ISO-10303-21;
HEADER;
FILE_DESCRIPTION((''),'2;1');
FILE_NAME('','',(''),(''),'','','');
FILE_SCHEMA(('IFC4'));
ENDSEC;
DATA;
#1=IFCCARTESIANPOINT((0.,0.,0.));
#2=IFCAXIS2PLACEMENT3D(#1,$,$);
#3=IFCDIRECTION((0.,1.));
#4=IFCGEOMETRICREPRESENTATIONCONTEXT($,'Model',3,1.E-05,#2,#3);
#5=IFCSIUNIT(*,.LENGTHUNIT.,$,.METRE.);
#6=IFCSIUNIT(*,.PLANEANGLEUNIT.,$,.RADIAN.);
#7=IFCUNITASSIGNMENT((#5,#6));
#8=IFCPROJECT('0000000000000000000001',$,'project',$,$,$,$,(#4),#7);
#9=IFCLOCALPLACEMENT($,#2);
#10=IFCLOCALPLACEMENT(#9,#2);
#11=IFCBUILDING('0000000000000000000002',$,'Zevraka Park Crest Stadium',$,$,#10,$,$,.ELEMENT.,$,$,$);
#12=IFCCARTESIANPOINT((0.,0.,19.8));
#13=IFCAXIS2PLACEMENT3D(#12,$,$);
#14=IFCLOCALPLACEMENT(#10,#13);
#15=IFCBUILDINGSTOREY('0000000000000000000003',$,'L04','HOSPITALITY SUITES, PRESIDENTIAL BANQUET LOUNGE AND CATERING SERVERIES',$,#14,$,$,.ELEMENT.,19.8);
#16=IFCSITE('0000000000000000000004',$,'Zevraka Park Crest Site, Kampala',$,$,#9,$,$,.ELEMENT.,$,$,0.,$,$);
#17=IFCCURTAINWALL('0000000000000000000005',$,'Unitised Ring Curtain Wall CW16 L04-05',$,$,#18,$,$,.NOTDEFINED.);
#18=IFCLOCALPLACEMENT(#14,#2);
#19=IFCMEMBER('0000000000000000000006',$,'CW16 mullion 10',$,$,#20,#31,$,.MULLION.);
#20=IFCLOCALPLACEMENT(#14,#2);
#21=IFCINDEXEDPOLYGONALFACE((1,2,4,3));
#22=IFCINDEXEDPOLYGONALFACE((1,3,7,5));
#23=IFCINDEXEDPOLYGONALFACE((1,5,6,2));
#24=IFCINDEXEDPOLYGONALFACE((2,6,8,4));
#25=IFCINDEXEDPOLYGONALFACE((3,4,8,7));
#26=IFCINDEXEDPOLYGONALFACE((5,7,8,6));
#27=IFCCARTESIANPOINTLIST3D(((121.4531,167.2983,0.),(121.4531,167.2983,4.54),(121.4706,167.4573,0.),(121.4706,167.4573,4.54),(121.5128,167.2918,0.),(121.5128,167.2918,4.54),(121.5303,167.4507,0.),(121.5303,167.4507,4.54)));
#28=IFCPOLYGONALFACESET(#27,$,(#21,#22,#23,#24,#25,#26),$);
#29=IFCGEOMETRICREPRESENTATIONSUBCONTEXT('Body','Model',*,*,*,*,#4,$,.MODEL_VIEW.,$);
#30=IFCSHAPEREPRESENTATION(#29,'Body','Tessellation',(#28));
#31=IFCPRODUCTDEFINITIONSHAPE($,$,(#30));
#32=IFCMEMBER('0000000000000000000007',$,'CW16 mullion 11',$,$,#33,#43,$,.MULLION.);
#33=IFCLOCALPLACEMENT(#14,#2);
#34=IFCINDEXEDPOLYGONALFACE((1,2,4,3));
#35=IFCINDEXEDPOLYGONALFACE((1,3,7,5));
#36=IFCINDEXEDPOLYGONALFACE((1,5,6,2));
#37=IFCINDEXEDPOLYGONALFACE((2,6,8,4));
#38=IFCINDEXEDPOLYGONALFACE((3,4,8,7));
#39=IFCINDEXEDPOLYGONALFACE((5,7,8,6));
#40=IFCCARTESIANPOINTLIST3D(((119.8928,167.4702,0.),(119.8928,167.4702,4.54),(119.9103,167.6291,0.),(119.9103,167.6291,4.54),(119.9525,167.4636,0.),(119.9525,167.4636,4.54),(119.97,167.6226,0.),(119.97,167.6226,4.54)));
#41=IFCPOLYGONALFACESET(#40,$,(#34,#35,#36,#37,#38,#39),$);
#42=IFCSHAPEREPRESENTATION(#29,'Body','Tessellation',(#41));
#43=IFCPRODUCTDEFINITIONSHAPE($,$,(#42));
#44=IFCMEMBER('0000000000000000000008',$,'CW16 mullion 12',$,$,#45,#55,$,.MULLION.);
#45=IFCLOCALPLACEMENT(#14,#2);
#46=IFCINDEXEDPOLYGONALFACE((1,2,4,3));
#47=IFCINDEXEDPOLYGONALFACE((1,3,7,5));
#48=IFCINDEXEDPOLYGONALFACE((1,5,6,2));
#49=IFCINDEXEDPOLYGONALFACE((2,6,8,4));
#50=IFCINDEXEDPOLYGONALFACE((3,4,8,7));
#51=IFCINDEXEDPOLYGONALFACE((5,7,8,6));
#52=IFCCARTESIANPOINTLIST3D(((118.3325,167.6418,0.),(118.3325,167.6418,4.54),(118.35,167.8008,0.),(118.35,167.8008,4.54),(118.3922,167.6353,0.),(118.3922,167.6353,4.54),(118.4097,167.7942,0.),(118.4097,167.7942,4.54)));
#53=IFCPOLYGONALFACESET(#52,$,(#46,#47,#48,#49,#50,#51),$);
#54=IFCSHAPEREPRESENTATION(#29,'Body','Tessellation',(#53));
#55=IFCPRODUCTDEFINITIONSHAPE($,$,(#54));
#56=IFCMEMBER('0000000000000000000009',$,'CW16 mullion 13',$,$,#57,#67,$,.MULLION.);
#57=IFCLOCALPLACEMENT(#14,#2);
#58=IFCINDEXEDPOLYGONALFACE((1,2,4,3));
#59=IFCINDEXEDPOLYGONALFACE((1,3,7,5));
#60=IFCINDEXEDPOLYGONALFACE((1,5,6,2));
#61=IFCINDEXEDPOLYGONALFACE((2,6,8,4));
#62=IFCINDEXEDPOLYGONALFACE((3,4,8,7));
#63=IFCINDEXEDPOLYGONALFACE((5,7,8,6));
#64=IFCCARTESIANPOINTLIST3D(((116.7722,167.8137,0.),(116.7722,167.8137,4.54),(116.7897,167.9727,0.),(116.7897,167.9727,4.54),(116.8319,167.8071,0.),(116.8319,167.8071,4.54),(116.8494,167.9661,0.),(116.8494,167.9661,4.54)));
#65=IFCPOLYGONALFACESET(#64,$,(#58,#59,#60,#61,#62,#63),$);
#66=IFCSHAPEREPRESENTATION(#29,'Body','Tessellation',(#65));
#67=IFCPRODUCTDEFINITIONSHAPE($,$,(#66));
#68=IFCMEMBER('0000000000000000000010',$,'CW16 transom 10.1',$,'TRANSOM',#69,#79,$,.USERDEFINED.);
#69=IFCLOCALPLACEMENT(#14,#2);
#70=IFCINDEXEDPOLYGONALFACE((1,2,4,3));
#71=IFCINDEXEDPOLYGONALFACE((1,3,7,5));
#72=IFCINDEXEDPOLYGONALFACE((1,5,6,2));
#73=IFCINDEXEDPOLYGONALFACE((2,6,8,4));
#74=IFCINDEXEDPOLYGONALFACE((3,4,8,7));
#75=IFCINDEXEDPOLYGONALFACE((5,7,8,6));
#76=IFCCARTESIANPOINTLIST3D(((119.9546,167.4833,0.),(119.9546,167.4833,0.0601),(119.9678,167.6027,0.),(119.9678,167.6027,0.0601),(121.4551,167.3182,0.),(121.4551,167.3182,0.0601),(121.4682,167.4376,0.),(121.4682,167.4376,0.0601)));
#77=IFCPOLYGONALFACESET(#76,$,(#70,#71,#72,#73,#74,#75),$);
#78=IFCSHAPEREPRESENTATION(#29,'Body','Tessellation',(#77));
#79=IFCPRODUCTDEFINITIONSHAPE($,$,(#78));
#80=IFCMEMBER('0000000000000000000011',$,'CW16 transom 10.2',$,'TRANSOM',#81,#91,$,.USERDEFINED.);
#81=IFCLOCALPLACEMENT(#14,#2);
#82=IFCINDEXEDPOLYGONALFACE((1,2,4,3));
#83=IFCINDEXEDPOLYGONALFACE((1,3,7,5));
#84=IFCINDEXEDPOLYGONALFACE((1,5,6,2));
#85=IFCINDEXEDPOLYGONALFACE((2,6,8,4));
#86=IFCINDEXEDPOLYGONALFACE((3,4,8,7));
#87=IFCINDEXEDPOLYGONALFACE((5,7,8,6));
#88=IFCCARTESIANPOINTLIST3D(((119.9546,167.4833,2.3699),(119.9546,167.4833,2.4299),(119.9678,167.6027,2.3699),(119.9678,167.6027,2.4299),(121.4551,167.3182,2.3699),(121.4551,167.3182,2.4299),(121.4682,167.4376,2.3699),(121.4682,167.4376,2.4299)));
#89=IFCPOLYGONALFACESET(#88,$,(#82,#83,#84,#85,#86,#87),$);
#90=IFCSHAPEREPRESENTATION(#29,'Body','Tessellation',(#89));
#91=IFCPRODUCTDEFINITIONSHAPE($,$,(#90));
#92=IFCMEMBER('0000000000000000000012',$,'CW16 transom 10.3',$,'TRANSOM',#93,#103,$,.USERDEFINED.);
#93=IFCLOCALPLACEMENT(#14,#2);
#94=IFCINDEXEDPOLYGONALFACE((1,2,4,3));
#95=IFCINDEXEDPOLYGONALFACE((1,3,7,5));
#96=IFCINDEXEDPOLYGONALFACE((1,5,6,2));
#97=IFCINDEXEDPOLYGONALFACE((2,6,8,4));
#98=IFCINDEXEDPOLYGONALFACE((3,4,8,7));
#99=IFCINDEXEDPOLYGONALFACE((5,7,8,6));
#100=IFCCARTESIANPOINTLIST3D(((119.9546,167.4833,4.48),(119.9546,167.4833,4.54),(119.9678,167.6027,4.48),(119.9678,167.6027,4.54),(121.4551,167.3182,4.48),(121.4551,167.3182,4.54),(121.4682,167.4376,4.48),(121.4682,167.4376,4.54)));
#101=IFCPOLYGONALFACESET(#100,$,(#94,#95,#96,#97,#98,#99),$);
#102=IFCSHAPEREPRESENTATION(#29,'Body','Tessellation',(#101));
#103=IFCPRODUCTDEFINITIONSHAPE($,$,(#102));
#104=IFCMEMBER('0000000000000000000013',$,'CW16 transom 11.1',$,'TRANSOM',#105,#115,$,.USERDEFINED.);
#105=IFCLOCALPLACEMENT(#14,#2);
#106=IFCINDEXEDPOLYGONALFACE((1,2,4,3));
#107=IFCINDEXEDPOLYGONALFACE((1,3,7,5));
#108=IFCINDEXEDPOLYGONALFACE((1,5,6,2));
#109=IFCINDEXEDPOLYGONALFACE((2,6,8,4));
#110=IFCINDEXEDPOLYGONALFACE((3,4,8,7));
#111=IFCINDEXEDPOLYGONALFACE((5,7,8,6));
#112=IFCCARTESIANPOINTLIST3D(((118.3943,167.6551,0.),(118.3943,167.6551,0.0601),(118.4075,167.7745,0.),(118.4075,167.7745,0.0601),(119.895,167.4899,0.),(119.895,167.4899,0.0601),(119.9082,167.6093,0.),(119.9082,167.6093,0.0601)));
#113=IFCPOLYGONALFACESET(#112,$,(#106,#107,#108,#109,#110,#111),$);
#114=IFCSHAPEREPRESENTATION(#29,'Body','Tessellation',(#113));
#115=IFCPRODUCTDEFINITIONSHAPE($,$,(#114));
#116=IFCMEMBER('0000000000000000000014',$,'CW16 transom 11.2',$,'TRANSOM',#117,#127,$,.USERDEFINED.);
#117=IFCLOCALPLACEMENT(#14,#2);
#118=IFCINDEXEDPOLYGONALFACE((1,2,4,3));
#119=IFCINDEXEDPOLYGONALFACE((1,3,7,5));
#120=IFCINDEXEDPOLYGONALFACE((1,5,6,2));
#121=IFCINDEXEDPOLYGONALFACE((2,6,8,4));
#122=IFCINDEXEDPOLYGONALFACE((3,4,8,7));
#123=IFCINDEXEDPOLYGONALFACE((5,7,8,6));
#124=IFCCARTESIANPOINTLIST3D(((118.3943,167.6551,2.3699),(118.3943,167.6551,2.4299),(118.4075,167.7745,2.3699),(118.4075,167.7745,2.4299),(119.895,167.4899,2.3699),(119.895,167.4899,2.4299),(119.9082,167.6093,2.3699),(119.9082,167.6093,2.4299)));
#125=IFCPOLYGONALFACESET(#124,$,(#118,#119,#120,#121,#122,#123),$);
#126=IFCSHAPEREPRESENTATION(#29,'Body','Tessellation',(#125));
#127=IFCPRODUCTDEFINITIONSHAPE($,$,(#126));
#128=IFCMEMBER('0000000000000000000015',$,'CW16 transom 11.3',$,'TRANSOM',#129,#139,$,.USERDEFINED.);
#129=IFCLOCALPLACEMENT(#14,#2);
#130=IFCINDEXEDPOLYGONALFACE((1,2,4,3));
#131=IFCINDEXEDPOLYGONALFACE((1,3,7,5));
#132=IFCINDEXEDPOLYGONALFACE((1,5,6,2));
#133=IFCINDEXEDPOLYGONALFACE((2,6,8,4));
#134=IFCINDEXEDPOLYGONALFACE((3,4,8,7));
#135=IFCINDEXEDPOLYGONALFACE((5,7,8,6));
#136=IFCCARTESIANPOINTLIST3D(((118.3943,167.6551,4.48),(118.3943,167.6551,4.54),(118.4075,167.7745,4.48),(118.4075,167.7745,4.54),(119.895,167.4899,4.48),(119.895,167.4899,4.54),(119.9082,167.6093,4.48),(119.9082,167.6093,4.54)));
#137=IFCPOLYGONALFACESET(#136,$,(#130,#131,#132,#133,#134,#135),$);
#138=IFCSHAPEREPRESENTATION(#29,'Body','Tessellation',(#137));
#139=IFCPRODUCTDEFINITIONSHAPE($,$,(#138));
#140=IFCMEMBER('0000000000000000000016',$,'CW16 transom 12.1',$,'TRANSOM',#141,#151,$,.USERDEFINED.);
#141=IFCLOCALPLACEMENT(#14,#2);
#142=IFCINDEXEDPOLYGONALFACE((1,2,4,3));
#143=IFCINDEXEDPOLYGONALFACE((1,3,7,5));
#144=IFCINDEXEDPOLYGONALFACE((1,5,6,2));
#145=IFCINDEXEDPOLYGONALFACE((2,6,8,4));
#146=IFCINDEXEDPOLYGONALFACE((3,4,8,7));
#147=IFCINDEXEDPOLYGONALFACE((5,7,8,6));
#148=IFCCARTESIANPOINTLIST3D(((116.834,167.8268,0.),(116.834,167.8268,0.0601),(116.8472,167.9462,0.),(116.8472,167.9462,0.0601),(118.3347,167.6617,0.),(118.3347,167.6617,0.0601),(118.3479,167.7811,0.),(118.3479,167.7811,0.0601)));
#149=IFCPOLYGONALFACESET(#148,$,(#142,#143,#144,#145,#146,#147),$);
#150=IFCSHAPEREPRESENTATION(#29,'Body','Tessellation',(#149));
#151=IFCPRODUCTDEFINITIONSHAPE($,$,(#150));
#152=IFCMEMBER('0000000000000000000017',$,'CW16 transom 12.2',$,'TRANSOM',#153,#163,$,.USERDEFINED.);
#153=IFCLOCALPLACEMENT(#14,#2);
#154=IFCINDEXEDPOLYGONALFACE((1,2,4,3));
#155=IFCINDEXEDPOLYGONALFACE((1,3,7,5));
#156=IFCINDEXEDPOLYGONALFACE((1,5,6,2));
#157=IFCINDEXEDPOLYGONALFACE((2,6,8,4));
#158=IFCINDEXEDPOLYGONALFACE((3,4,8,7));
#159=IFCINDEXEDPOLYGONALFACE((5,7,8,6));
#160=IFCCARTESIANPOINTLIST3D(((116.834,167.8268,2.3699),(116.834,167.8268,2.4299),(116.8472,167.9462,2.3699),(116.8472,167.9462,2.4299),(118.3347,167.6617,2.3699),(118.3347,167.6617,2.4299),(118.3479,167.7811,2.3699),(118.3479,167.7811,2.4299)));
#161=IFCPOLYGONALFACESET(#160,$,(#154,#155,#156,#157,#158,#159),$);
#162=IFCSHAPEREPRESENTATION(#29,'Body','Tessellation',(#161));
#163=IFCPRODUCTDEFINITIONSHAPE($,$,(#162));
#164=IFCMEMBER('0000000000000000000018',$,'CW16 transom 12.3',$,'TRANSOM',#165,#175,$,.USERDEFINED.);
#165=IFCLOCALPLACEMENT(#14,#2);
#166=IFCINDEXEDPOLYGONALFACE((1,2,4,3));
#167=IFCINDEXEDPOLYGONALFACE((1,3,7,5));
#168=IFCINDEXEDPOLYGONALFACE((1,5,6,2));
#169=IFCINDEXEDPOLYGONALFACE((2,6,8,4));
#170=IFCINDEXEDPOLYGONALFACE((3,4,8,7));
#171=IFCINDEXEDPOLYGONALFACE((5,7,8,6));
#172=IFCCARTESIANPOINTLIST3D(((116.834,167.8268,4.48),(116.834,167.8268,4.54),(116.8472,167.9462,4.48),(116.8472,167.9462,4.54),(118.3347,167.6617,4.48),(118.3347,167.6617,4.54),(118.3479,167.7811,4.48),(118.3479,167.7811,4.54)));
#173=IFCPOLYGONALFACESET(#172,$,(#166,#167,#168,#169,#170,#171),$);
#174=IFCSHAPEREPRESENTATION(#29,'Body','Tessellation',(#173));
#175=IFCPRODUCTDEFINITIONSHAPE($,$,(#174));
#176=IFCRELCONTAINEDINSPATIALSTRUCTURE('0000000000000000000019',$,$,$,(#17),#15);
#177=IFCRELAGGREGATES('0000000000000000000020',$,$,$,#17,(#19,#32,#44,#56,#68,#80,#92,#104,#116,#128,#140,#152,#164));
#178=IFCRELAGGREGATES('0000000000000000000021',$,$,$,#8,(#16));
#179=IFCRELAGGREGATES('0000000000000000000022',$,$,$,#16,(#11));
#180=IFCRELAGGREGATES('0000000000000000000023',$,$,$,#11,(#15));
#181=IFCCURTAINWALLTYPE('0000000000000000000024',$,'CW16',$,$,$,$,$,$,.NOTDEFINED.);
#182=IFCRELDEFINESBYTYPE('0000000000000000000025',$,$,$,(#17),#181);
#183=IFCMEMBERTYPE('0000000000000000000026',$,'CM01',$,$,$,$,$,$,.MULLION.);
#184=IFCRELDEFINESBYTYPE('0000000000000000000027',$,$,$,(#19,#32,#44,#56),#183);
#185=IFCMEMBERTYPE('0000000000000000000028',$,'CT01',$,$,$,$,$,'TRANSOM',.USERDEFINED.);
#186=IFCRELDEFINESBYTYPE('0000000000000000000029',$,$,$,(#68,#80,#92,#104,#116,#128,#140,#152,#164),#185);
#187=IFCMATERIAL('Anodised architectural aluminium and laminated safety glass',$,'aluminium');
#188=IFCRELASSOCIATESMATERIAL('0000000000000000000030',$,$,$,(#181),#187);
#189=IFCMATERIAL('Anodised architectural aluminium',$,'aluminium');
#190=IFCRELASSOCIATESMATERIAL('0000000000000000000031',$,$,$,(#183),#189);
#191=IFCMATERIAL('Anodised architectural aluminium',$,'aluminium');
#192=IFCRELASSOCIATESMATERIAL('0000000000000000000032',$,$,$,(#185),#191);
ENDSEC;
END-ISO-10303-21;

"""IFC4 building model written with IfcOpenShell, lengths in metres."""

from ifc_helpers import new_model, si_unit, direction, frame, origin, origin_2d, place, context, subcontext, project, spatial, rectangle, extrude, material, material_profile, profile_set, type_object, element, aggregate, save


model = new_model("IFC4")

# Units and contexts
model_context = context("Model", 3, precision=1e-05, world=origin(), true_north=direction((0.0, 1.0)))
body_context = subcontext(model_context, "Body", "Model", "MODEL_VIEW")
ifc_project = project(units=[si_unit("LENGTHUNIT", "METRE"), si_unit("PLANEANGLEUNIT", "RADIAN")], contexts=[model_context])

# Site, building, storey
site_placement = place(None, origin())
site = spatial("IfcSite", under=ifc_project, at=site_placement, Name="Zevraka Park Crest Site, Kampala", CompositionType="ELEMENT", RefElevation=0.0)
building_placement = place(site_placement, origin())
building = spatial("IfcBuilding", under=site, at=building_placement, Name="Zevraka Park Crest Stadium", CompositionType="ELEMENT")
storey_placement = place(building_placement, frame((0.0, 0.0, 19.8)))
storey = spatial("IfcBuildingStorey", under=building, at=storey_placement, Name="L04", Description="HOSPITALITY SUITES, PRESIDENTIAL BANQUET LOUNGE AND CATERING SERVERIES", CompositionType="ELEMENT", Elevation=19.8)

# Curtain wall, members
ifc_material_1 = material(Name="Anodised architectural aluminium and laminated safety glass", Category="aluminium")
curtain_wall_type = type_object("IfcCurtainWallType", Name="CW16", PredefinedType="NOTDEFINED", material=ifc_material_1)
curtain_wall_placement = place(storey_placement, origin())
curtain_wall = element("IfcCurtainWall", 1, at=curtain_wall_placement, inside=storey, type_object=curtain_wall_type, Name="Unitised Ring Curtain Wall CW16 L04-05", PredefinedType="NOTDEFINED")
ifc_material_2 = material(Name="Anodised architectural aluminium", Category="aluminium")
ifc_material_profile_1 = material_profile(ifc_material_2, rectangle(XDim=0.1599, YDim=0.0601, at=origin_2d()), Name="ALU MULLION 160x60")
ifc_profile_set_1 = profile_set([ifc_material_profile_1], Name="Anodised architectural aluminium")
member_type_1 = type_object("IfcMemberType", Name="CM01", PredefinedType="MULLION", material=ifc_profile_set_1)
member_1_placement = place(storey_placement, frame((121.4917, 167.3745, 0.0), z_axis=(0.0, 0.0, 1.0), x_axis=(-0.109406, -0.993997, 0.0)))
member_1 = element("IfcMember", 2, at=member_1_placement, type_object=member_type_1, Name="CW16 mullion 10", PredefinedType="MULLION", context=body_context, shape_type="SweptSolid", body=[
    extrude(rectangle(XDim=0.1599, YDim=0.0601, at=origin_2d()), origin(), (0.0, 0.0, 1.0), 4.54),
])
member_2_placement = place(storey_placement, frame((119.9314, 167.5464, 0.0), z_axis=(0.0, 0.0, 1.0), x_axis=(-0.109406, -0.993997, 0.0)))
member_2 = element("IfcMember", 3, at=member_2_placement, type_object=member_type_1, Name="CW16 mullion 11", PredefinedType="MULLION", context=body_context, shape_type="SweptSolid", body=[
    extrude(rectangle(XDim=0.1599, YDim=0.0601, at=origin_2d()), origin(), (0.0, 0.0, 1.0), 4.54),
])
member_3_placement = place(storey_placement, frame((118.3711, 167.718, 0.0), z_axis=(0.0, 0.0, 1.0), x_axis=(-0.109406, -0.993997, 0.0)))
member_3 = element("IfcMember", 4, at=member_3_placement, type_object=member_type_1, Name="CW16 mullion 12", PredefinedType="MULLION", context=body_context, shape_type="SweptSolid", body=[
    extrude(rectangle(XDim=0.1599, YDim=0.0601, at=origin_2d()), origin(), (0.0, 0.0, 1.0), 4.54),
])
member_4_placement = place(storey_placement, frame((116.8108, 167.8899, 0.0), z_axis=(0.0, 0.0, 1.0), x_axis=(-0.109406, -0.993997, 0.0)))
member_4 = element("IfcMember", 5, at=member_4_placement, type_object=member_type_1, Name="CW16 mullion 13", PredefinedType="MULLION", context=body_context, shape_type="SweptSolid", body=[
    extrude(rectangle(XDim=0.1599, YDim=0.0601, at=origin_2d()), origin(), (0.0, 0.0, 1.0), 4.54),
])
ifc_material_3 = material(Name="Anodised architectural aluminium", Category="aluminium")
ifc_material_profile_2 = material_profile(ifc_material_3, rectangle(XDim=0.1201, YDim=0.0601, at=origin_2d()), Name="ALU TRANSOM 120x60")
ifc_profile_set_2 = profile_set([ifc_material_profile_2], Name="Anodised architectural aluminium")
member_type_2 = type_object("IfcMemberType", Name="CT01", ElementType="TRANSOM", PredefinedType="USERDEFINED", material=ifc_profile_set_2)
member_5_placement = place(storey_placement, frame((121.4617, 167.3779, 0.03), z_axis=(-0.994005, 0.109331, 0.0), x_axis=(-0.109331, -0.994005, 0.0)))
member_5 = element("IfcMember", 6, at=member_5_placement, type_object=member_type_2, Name="CW16 transom 10.1", ObjectType="TRANSOM", PredefinedType="USERDEFINED", context=body_context, shape_type="SweptSolid", body=[
    extrude(rectangle(XDim=0.1201, YDim=0.0601, at=origin_2d()), origin(), (0.0, 0.0, 1.0), 1.5095),
])
member_6_placement = place(storey_placement, frame((121.4617, 167.3779, 2.3999), z_axis=(-0.994005, 0.109331, 0.0), x_axis=(-0.109331, -0.994005, 0.0)))
member_6 = element("IfcMember", 7, at=member_6_placement, type_object=member_type_2, Name="CW16 transom 10.2", ObjectType="TRANSOM", PredefinedType="USERDEFINED", context=body_context, shape_type="SweptSolid", body=[
    extrude(rectangle(XDim=0.1201, YDim=0.0601, at=origin_2d()), origin(), (0.0, 0.0, 1.0), 1.5095),
])
member_7_placement = place(storey_placement, frame((121.4617, 167.3779, 4.51), z_axis=(-0.994005, 0.109331, 0.0), x_axis=(-0.109331, -0.994005, 0.0)))
member_7 = element("IfcMember", 8, at=member_7_placement, type_object=member_type_2, Name="CW16 transom 10.3", ObjectType="TRANSOM", PredefinedType="USERDEFINED", context=body_context, shape_type="SweptSolid", body=[
    extrude(rectangle(XDim=0.1201, YDim=0.0601, at=origin_2d()), origin(), (0.0, 0.0, 1.0), 1.5095),
])
member_8_placement = place(storey_placement, frame((119.9016, 167.5496, 0.03), z_axis=(-0.99399, 0.109473, 0.0), x_axis=(-0.109473, -0.99399, 0.0)))
member_8 = element("IfcMember", 9, at=member_8_placement, type_object=member_type_2, Name="CW16 transom 11.1", ObjectType="TRANSOM", PredefinedType="USERDEFINED", context=body_context, shape_type="SweptSolid", body=[
    extrude(rectangle(XDim=0.1201, YDim=0.0601, at=origin_2d()), origin(), (0.0, 0.0, 1.0), 1.5098),
])
member_9_placement = place(storey_placement, frame((119.9016, 167.5496, 2.3999), z_axis=(-0.99399, 0.109473, 0.0), x_axis=(-0.109473, -0.99399, 0.0)))
member_9 = element("IfcMember", 10, at=member_9_placement, type_object=member_type_2, Name="CW16 transom 11.2", ObjectType="TRANSOM", PredefinedType="USERDEFINED", context=body_context, shape_type="SweptSolid", body=[
    extrude(rectangle(XDim=0.1201, YDim=0.0601, at=origin_2d()), origin(), (0.0, 0.0, 1.0), 1.5098),
])
member_10_placement = place(storey_placement, frame((119.9016, 167.5496, 4.51), z_axis=(-0.99399, 0.109473, 0.0), x_axis=(-0.109473, -0.99399, 0.0)))
member_10 = element("IfcMember", 11, at=member_10_placement, type_object=member_type_2, Name="CW16 transom 11.3", ObjectType="TRANSOM", PredefinedType="USERDEFINED", context=body_context, shape_type="SweptSolid", body=[
    extrude(rectangle(XDim=0.1201, YDim=0.0601, at=origin_2d()), origin(), (0.0, 0.0, 1.0), 1.5098),
])
member_11_placement = place(storey_placement, frame((118.3413, 167.7214, 0.03), z_axis=(-0.994007, 0.109313, 0.0), x_axis=(-0.109313, -0.994007, 0.0)))
member_11 = element("IfcMember", 12, at=member_11_placement, type_object=member_type_2, Name="CW16 transom 12.1", ObjectType="TRANSOM", PredefinedType="USERDEFINED", context=body_context, shape_type="SweptSolid", body=[
    extrude(rectangle(XDim=0.1201, YDim=0.0601, at=origin_2d()), origin(), (0.0, 0.0, 1.0), 1.5098),
])
member_12_placement = place(storey_placement, frame((118.3413, 167.7214, 2.3999), z_axis=(-0.994007, 0.109313, 0.0), x_axis=(-0.109313, -0.994007, 0.0)))
member_12 = element("IfcMember", 13, at=member_12_placement, type_object=member_type_2, Name="CW16 transom 12.2", ObjectType="TRANSOM", PredefinedType="USERDEFINED", context=body_context, shape_type="SweptSolid", body=[
    extrude(rectangle(XDim=0.1201, YDim=0.0601, at=origin_2d()), origin(), (0.0, 0.0, 1.0), 1.5098),
])
member_13_placement = place(storey_placement, frame((118.3413, 167.7214, 4.51), z_axis=(-0.994007, 0.109313, 0.0), x_axis=(-0.109313, -0.994007, 0.0)))
member_13 = element("IfcMember", 14, at=member_13_placement, type_object=member_type_2, Name="CW16 transom 12.3", ObjectType="TRANSOM", PredefinedType="USERDEFINED", context=body_context, shape_type="SweptSolid", body=[
    extrude(rectangle(XDim=0.1201, YDim=0.0601, at=origin_2d()), origin(), (0.0, 0.0, 1.0), 1.5098),
])

aggregate(curtain_wall, [member_1, member_2, member_3, member_4, member_5, member_6, member_7, member_8, member_9, member_10, member_11, member_12, member_13])

save(model, "model.ifc")
